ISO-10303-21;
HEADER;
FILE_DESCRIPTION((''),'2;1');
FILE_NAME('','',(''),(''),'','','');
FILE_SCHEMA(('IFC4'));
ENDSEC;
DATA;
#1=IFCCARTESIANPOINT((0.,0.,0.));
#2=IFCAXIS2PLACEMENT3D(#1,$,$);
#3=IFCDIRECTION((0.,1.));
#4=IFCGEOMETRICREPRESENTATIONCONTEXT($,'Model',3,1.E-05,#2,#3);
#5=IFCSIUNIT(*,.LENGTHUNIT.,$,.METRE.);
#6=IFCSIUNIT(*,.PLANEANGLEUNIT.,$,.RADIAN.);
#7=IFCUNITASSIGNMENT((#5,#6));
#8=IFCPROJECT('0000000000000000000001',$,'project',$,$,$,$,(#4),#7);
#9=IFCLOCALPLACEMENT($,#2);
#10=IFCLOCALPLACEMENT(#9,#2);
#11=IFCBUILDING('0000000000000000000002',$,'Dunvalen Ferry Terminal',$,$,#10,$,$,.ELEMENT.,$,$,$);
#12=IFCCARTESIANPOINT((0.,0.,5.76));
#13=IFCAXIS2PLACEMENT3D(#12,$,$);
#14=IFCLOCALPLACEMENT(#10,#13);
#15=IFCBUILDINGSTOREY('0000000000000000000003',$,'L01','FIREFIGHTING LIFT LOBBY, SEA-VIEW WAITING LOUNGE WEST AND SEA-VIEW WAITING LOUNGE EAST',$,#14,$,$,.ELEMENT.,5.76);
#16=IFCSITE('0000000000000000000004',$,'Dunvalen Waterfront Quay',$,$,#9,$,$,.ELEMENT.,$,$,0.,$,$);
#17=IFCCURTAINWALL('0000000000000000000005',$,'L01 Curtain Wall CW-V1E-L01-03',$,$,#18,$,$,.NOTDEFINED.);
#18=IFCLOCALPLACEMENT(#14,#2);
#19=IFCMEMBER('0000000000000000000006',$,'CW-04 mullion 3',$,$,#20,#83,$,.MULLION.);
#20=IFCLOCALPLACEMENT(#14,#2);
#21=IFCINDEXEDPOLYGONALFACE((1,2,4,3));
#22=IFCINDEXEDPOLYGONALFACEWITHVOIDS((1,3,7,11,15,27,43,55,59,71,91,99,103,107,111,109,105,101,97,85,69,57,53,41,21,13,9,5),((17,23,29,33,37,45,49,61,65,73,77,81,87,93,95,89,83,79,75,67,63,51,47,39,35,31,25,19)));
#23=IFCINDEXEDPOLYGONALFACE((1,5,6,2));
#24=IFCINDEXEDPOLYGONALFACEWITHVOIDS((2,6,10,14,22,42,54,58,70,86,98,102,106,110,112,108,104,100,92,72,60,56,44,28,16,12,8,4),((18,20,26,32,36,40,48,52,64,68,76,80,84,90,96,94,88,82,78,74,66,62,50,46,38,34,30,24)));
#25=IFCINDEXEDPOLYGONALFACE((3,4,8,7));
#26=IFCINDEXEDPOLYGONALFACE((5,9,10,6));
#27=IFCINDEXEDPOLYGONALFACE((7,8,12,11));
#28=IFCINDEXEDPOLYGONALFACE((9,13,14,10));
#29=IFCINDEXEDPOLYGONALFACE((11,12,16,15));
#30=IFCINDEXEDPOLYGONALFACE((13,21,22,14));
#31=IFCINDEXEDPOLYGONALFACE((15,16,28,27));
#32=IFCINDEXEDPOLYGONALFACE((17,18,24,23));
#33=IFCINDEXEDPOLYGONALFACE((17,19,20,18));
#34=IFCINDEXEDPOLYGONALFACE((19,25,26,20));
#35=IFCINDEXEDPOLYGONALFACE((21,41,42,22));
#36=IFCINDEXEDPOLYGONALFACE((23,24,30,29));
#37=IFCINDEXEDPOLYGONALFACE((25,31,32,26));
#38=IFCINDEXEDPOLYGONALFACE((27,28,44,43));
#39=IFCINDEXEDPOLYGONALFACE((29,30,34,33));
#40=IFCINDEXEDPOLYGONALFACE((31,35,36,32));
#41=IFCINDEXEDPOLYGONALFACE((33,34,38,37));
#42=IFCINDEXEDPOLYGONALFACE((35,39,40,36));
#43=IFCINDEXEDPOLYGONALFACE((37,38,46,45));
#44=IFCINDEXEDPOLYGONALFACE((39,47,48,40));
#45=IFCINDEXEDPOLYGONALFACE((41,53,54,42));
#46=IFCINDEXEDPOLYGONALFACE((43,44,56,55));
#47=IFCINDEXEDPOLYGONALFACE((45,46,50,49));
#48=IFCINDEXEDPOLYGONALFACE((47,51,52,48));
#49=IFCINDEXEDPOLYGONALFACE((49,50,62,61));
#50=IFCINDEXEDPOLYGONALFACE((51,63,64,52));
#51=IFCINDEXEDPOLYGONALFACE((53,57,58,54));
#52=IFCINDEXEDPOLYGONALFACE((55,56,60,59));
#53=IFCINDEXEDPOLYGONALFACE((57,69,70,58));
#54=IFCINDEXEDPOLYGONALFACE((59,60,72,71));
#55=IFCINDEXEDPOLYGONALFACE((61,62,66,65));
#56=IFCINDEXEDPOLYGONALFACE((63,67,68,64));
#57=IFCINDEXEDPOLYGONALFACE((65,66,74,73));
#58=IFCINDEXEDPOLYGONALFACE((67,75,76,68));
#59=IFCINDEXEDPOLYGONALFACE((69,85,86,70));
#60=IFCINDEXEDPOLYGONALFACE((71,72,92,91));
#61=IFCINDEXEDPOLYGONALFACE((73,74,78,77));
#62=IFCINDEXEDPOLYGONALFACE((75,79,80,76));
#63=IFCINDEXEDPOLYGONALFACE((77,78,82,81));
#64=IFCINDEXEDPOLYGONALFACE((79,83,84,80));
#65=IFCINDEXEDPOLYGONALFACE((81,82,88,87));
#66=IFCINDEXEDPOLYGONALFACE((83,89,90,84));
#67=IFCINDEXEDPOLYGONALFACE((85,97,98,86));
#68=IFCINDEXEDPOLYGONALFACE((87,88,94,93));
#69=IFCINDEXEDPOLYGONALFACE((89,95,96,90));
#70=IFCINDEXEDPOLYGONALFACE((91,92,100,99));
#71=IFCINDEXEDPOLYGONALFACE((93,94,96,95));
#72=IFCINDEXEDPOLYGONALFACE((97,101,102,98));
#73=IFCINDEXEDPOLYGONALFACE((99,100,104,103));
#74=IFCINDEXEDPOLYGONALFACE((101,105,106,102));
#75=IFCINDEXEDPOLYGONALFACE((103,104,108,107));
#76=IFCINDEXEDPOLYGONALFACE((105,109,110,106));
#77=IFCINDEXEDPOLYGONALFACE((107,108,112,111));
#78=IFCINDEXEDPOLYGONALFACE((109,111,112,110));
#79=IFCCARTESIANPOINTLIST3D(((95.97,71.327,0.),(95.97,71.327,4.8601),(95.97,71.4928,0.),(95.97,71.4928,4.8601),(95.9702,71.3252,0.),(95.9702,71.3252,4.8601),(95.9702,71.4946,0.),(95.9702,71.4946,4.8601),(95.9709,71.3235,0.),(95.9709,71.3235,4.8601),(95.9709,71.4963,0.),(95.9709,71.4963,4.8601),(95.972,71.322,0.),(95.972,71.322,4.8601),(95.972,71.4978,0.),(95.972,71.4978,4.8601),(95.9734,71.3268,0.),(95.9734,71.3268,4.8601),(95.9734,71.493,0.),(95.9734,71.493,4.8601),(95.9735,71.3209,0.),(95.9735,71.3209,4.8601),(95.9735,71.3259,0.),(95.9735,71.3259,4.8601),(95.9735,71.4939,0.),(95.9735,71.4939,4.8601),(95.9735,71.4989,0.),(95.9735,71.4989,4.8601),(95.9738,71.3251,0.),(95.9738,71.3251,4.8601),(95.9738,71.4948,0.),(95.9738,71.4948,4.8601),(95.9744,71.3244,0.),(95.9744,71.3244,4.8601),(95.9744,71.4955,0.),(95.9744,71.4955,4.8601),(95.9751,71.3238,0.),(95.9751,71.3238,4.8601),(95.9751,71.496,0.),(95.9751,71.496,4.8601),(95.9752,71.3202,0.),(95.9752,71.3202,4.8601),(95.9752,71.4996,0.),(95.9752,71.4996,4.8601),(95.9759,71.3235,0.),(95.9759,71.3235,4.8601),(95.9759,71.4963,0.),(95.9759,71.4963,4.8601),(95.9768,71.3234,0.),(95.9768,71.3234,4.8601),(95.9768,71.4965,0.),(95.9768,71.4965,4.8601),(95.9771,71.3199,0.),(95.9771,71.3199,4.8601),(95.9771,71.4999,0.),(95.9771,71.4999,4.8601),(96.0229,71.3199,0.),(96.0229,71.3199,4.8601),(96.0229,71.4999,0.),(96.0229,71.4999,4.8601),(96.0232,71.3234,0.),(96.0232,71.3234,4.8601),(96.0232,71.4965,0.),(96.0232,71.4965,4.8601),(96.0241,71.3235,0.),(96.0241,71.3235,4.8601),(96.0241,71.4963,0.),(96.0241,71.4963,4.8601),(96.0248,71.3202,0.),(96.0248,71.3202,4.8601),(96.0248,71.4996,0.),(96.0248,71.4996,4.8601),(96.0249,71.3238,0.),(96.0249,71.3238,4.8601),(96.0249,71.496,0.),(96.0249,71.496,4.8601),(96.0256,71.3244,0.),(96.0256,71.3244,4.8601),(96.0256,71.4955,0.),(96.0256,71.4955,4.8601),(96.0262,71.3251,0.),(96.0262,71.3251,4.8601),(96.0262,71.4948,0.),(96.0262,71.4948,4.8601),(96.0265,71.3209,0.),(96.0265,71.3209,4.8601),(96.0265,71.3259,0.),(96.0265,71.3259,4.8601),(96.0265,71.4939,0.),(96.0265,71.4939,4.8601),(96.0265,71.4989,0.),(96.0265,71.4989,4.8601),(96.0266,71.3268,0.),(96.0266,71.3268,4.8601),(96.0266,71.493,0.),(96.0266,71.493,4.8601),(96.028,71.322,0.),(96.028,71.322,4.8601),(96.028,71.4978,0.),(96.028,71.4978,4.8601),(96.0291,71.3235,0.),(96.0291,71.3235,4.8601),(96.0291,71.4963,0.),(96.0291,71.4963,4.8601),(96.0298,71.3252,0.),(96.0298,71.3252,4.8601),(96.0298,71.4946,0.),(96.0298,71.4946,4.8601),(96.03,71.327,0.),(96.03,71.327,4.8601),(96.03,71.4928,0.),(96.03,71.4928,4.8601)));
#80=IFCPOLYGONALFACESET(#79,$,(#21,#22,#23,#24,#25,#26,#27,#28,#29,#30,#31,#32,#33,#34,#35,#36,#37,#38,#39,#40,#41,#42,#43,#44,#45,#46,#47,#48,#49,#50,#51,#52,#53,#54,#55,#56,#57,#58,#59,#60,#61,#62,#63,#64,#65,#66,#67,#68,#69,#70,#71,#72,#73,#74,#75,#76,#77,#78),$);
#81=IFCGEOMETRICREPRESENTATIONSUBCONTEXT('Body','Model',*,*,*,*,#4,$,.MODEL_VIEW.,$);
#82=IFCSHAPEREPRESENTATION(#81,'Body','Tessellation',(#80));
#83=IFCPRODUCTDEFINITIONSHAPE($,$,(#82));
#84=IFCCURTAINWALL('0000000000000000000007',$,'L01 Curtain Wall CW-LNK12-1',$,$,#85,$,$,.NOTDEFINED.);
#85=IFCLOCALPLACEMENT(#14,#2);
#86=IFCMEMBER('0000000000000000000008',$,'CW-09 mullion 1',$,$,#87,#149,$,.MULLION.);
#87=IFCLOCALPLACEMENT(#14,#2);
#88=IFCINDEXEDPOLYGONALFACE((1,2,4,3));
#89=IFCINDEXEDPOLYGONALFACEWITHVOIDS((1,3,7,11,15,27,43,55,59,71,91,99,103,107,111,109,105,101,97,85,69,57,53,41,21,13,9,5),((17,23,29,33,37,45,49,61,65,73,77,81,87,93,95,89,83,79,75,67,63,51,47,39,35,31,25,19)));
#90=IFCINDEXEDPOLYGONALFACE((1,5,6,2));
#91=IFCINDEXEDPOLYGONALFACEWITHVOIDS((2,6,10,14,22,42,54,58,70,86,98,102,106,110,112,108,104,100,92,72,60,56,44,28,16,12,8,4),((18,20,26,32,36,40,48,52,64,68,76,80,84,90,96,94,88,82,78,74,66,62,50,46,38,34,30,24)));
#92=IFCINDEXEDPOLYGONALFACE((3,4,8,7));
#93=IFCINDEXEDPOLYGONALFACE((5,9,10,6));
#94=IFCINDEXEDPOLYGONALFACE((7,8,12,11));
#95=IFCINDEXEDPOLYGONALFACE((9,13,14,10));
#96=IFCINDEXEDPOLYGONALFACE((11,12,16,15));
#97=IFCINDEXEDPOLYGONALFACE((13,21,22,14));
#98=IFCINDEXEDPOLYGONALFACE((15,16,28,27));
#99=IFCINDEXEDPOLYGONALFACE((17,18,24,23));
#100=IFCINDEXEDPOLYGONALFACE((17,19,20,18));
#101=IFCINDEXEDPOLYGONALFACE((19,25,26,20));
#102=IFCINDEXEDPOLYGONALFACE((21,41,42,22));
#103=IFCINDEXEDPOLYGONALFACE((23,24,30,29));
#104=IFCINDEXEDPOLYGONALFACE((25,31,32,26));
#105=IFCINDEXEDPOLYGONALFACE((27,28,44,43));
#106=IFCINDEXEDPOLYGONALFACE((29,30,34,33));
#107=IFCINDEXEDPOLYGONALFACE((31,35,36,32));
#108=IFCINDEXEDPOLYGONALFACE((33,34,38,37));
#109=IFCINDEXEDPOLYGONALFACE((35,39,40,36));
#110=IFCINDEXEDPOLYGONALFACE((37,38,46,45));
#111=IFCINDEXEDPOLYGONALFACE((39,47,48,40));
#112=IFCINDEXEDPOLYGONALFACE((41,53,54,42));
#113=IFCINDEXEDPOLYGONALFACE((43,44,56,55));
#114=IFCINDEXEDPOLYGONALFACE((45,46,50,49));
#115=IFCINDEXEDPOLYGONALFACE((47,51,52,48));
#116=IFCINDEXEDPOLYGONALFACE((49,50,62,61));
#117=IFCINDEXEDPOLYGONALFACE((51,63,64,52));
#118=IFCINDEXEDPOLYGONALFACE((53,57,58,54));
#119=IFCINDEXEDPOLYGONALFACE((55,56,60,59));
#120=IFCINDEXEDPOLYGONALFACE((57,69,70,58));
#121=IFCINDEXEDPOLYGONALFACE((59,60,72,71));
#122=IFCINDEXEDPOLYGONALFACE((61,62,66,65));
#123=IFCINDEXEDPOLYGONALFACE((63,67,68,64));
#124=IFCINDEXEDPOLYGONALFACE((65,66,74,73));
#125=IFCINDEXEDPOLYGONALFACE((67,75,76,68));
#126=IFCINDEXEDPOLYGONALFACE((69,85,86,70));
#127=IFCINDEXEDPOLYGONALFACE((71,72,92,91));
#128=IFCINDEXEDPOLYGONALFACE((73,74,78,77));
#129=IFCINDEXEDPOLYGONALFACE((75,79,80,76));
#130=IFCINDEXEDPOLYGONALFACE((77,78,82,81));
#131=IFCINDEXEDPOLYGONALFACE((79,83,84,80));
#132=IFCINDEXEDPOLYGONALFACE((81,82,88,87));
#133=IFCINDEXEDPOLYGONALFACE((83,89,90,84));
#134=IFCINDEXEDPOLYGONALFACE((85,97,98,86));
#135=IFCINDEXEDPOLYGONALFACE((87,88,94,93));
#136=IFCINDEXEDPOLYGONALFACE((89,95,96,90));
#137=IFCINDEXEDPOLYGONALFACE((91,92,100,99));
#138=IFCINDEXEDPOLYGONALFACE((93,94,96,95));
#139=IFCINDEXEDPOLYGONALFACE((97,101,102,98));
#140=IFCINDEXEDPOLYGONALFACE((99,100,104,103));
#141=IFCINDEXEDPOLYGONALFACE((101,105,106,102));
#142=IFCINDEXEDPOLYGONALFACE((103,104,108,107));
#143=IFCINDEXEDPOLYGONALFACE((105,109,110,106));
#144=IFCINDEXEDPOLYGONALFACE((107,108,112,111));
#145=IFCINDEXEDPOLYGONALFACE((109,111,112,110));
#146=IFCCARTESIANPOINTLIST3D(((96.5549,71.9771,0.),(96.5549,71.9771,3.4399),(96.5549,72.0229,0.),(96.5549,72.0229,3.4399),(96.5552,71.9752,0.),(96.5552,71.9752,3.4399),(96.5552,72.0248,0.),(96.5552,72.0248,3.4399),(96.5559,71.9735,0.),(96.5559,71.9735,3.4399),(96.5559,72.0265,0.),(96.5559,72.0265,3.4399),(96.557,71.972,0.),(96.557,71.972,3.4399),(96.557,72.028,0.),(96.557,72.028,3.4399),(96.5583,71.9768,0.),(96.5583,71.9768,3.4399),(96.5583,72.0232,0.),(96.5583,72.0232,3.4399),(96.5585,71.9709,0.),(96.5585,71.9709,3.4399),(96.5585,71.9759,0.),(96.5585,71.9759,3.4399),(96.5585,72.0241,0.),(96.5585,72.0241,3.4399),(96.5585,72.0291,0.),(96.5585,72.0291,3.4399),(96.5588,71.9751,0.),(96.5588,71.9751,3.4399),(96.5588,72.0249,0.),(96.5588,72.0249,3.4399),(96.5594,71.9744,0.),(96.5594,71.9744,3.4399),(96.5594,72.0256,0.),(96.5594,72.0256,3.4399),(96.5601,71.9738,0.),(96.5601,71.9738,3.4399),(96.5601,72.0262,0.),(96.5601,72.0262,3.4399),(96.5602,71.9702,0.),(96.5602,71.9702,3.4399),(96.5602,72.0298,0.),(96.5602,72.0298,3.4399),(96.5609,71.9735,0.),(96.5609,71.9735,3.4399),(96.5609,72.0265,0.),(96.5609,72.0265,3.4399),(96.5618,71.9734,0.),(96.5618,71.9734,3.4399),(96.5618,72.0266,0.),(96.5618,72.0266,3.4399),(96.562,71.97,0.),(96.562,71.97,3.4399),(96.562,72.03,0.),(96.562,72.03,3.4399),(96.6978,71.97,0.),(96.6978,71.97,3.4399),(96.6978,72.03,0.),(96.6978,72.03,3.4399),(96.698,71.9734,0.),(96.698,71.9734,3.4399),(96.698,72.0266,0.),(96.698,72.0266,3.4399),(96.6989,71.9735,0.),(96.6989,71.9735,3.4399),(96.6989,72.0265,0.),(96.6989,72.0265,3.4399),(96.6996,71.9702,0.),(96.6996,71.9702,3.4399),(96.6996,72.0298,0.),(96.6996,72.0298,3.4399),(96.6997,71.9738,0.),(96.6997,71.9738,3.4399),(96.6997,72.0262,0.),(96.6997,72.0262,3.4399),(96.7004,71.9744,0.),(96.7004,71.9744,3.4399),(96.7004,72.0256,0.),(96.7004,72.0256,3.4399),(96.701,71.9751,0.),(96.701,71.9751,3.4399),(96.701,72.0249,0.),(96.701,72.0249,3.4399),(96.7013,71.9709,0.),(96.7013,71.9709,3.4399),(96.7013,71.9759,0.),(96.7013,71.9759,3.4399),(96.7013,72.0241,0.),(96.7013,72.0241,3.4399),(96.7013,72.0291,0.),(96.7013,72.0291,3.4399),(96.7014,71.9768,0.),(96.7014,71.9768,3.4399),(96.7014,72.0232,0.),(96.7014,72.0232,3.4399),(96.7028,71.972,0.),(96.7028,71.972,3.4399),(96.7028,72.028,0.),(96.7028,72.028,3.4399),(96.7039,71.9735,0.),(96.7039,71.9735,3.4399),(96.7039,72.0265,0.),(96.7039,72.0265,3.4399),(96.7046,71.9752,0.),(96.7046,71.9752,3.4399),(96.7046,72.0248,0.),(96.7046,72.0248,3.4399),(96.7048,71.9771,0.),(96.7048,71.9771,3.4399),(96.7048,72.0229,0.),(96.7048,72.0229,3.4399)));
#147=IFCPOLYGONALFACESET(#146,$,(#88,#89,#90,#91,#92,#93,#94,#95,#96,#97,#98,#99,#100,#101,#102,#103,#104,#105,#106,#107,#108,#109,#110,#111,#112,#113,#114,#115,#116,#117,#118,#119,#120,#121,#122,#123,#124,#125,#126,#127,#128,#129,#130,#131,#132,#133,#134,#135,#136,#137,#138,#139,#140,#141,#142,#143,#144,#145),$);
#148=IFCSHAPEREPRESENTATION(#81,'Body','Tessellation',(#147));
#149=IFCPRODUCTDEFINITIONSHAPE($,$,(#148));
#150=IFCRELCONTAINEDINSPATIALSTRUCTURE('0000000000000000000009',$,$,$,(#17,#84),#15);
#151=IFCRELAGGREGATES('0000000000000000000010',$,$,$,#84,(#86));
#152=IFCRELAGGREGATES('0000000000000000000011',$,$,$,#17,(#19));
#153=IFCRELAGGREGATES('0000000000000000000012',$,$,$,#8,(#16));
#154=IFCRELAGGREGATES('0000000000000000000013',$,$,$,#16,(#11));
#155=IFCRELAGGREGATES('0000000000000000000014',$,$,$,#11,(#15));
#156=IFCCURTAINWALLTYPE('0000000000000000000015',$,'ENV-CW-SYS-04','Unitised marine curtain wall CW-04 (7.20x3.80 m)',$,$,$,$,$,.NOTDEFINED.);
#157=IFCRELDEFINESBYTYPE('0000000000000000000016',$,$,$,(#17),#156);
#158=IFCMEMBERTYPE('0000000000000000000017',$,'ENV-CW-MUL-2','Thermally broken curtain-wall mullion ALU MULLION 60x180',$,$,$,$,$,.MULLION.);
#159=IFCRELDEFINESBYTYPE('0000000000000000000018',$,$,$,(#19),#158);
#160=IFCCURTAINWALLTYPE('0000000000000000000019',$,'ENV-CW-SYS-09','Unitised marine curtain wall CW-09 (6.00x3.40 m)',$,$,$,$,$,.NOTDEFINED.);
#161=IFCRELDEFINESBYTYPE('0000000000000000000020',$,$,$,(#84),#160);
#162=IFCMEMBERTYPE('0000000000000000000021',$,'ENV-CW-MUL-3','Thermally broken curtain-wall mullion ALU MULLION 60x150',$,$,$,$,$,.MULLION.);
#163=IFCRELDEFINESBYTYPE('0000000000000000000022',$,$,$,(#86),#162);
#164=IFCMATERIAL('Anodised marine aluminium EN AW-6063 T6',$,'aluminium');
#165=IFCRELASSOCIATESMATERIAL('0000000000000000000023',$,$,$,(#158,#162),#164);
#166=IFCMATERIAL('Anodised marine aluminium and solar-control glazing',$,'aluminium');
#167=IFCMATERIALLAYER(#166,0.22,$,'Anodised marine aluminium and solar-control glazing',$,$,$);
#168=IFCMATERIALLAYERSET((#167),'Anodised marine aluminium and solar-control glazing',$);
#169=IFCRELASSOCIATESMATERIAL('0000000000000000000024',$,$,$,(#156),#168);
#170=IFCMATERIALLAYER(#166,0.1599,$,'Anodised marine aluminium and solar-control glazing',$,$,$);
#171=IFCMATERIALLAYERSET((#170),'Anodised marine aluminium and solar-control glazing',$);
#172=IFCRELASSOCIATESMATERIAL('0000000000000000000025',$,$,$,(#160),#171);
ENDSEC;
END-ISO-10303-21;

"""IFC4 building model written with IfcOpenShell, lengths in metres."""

from ifc_helpers import new_model, si_unit, direction, frame, origin, origin_2d, place, context, subcontext, project, spatial, hollow_rectangle, extrude, material, layer, layer_set, material_profile, profile_set, type_object, element, aggregate, save


model = new_model("IFC4")

# Units and contexts
model_context = context("Model", 3, precision=1e-05, world=origin(), true_north=direction((0.0, 1.0)))
body_context = subcontext(model_context, "Body", "Model", "MODEL_VIEW")
ifc_project = project(units=[si_unit("LENGTHUNIT", "METRE"), si_unit("PLANEANGLEUNIT", "RADIAN")], contexts=[model_context])

# Site, building, storey
site_placement = place(None, origin())
site = spatial("IfcSite", under=ifc_project, at=site_placement, Name="Dunvalen Waterfront Quay", CompositionType="ELEMENT", RefElevation=0.0)
building_placement = place(site_placement, origin())
building = spatial("IfcBuilding", under=site, at=building_placement, Name="Dunvalen Ferry Terminal", CompositionType="ELEMENT")
storey_placement = place(building_placement, frame((0.0, 0.0, 5.76)))
storey = spatial("IfcBuildingStorey", under=building, at=storey_placement, Name="L01", Description="FIREFIGHTING LIFT LOBBY, SEA-VIEW WAITING LOUNGE WEST AND SEA-VIEW WAITING LOUNGE EAST", CompositionType="ELEMENT", Elevation=5.76)

# Shared definitions
ifc_material_1 = material(Name="Anodised marine aluminium and solar-control glazing", Category="aluminium")
ifc_material_2 = material(Name="Anodised marine aluminium EN AW-6063 T6", Category="aluminium")
ifc_material_profile_1 = material_profile(ifc_material_2, hollow_rectangle(XDim=0.0601, YDim=0.1799, WallThickness=0.0034, InnerFilletRadius=0.0034, OuterFilletRadius=0.0071, at=origin_2d()), Name="Anodised marine aluminium EN AW-6063 T6")
ifc_profile_set_1 = profile_set([ifc_material_profile_1], Name="Anodised marine aluminium EN AW-6063 T6")
member_type_1 = type_object("IfcMemberType", Name="ENV-CW-MUL-2", Description="Thermally broken curtain-wall mullion ALU MULLION 60x180", PredefinedType="MULLION", material=ifc_profile_set_1)

# Curtain wall, member
ifc_layer_1 = layer(ifc_material_1, 0.22, Name="Anodised marine aluminium and solar-control glazing")
ifc_layer_set_1 = layer_set([ifc_layer_1], Name="Anodised marine aluminium and solar-control glazing")
curtain_wall_type_1 = type_object("IfcCurtainWallType", Name="ENV-CW-SYS-04", Description="Unitised marine curtain wall CW-04 (7.20x3.80 m)", PredefinedType="NOTDEFINED", material=ifc_layer_set_1)
curtain_wall_1_placement = place(storey_placement, origin())
curtain_wall_1 = element("IfcCurtainWall", 1, at=curtain_wall_1_placement, inside=storey, type_object=curtain_wall_type_1, Name="L01 Curtain Wall CW-V1E-L01-03", PredefinedType="NOTDEFINED")
member_1_placement = place(storey_placement, frame((96.0, 71.4099, 0.0), z_axis=(0.0, 0.0, 1.0), x_axis=(-1.0, 0.0, 0.0)))
member_1 = element("IfcMember", 2, at=member_1_placement, type_object=member_type_1, Name="CW-04 mullion 3", PredefinedType="MULLION", context=body_context, shape_type="SweptSolid", body=[
    extrude(hollow_rectangle(XDim=0.0601, YDim=0.1799, WallThickness=0.0034, InnerFilletRadius=0.0034, OuterFilletRadius=0.0071, at=origin_2d()), origin(), (0.0, 0.0, 1.0), 4.8601),
])

# Curtain wall, member
ifc_layer_2 = layer(ifc_material_1, 0.1599, Name="Anodised marine aluminium and solar-control glazing")
ifc_layer_set_2 = layer_set([ifc_layer_2], Name="Anodised marine aluminium and solar-control glazing")
curtain_wall_type_2 = type_object("IfcCurtainWallType", Name="ENV-CW-SYS-09", Description="Unitised marine curtain wall CW-09 (6.00x3.40 m)", PredefinedType="NOTDEFINED", material=ifc_layer_set_2)
curtain_wall_2_placement = place(storey_placement, origin())
curtain_wall_2 = element("IfcCurtainWall", 3, at=curtain_wall_2_placement, inside=storey, type_object=curtain_wall_type_2, Name="L01 Curtain Wall CW-LNK12-1", PredefinedType="NOTDEFINED")
ifc_material_profile_2 = material_profile(ifc_material_2, hollow_rectangle(XDim=0.0601, YDim=0.1499, WallThickness=0.0034, InnerFilletRadius=0.0034, OuterFilletRadius=0.0071, at=origin_2d()), Name="Anodised marine aluminium EN AW-6063 T6")
ifc_profile_set_2 = profile_set([ifc_material_profile_2], Name="Anodised marine aluminium EN AW-6063 T6")
member_type_2 = type_object("IfcMemberType", Name="ENV-CW-MUL-3", Description="Thermally broken curtain-wall mullion ALU MULLION 60x150", PredefinedType="MULLION", material=ifc_profile_set_2)
member_2_placement = place(storey_placement, frame((96.6299, 72.0, 0.0), z_axis=(0.0, 0.0, 1.0), x_axis=(0.0, 1.0, 0.0)))
member_2 = element("IfcMember", 4, at=member_2_placement, type_object=member_type_2, Name="CW-09 mullion 1", PredefinedType="MULLION", context=body_context, shape_type="SweptSolid", body=[
    extrude(hollow_rectangle(XDim=0.0601, YDim=0.1499, WallThickness=0.0034, InnerFilletRadius=0.0034, OuterFilletRadius=0.0071, at=origin_2d()), origin(), (0.0, 0.0, 1.0), 3.4399),
])

aggregate(curtain_wall_2, [member_2])

aggregate(curtain_wall_1, [member_1])

save(model, "model.ifc")
